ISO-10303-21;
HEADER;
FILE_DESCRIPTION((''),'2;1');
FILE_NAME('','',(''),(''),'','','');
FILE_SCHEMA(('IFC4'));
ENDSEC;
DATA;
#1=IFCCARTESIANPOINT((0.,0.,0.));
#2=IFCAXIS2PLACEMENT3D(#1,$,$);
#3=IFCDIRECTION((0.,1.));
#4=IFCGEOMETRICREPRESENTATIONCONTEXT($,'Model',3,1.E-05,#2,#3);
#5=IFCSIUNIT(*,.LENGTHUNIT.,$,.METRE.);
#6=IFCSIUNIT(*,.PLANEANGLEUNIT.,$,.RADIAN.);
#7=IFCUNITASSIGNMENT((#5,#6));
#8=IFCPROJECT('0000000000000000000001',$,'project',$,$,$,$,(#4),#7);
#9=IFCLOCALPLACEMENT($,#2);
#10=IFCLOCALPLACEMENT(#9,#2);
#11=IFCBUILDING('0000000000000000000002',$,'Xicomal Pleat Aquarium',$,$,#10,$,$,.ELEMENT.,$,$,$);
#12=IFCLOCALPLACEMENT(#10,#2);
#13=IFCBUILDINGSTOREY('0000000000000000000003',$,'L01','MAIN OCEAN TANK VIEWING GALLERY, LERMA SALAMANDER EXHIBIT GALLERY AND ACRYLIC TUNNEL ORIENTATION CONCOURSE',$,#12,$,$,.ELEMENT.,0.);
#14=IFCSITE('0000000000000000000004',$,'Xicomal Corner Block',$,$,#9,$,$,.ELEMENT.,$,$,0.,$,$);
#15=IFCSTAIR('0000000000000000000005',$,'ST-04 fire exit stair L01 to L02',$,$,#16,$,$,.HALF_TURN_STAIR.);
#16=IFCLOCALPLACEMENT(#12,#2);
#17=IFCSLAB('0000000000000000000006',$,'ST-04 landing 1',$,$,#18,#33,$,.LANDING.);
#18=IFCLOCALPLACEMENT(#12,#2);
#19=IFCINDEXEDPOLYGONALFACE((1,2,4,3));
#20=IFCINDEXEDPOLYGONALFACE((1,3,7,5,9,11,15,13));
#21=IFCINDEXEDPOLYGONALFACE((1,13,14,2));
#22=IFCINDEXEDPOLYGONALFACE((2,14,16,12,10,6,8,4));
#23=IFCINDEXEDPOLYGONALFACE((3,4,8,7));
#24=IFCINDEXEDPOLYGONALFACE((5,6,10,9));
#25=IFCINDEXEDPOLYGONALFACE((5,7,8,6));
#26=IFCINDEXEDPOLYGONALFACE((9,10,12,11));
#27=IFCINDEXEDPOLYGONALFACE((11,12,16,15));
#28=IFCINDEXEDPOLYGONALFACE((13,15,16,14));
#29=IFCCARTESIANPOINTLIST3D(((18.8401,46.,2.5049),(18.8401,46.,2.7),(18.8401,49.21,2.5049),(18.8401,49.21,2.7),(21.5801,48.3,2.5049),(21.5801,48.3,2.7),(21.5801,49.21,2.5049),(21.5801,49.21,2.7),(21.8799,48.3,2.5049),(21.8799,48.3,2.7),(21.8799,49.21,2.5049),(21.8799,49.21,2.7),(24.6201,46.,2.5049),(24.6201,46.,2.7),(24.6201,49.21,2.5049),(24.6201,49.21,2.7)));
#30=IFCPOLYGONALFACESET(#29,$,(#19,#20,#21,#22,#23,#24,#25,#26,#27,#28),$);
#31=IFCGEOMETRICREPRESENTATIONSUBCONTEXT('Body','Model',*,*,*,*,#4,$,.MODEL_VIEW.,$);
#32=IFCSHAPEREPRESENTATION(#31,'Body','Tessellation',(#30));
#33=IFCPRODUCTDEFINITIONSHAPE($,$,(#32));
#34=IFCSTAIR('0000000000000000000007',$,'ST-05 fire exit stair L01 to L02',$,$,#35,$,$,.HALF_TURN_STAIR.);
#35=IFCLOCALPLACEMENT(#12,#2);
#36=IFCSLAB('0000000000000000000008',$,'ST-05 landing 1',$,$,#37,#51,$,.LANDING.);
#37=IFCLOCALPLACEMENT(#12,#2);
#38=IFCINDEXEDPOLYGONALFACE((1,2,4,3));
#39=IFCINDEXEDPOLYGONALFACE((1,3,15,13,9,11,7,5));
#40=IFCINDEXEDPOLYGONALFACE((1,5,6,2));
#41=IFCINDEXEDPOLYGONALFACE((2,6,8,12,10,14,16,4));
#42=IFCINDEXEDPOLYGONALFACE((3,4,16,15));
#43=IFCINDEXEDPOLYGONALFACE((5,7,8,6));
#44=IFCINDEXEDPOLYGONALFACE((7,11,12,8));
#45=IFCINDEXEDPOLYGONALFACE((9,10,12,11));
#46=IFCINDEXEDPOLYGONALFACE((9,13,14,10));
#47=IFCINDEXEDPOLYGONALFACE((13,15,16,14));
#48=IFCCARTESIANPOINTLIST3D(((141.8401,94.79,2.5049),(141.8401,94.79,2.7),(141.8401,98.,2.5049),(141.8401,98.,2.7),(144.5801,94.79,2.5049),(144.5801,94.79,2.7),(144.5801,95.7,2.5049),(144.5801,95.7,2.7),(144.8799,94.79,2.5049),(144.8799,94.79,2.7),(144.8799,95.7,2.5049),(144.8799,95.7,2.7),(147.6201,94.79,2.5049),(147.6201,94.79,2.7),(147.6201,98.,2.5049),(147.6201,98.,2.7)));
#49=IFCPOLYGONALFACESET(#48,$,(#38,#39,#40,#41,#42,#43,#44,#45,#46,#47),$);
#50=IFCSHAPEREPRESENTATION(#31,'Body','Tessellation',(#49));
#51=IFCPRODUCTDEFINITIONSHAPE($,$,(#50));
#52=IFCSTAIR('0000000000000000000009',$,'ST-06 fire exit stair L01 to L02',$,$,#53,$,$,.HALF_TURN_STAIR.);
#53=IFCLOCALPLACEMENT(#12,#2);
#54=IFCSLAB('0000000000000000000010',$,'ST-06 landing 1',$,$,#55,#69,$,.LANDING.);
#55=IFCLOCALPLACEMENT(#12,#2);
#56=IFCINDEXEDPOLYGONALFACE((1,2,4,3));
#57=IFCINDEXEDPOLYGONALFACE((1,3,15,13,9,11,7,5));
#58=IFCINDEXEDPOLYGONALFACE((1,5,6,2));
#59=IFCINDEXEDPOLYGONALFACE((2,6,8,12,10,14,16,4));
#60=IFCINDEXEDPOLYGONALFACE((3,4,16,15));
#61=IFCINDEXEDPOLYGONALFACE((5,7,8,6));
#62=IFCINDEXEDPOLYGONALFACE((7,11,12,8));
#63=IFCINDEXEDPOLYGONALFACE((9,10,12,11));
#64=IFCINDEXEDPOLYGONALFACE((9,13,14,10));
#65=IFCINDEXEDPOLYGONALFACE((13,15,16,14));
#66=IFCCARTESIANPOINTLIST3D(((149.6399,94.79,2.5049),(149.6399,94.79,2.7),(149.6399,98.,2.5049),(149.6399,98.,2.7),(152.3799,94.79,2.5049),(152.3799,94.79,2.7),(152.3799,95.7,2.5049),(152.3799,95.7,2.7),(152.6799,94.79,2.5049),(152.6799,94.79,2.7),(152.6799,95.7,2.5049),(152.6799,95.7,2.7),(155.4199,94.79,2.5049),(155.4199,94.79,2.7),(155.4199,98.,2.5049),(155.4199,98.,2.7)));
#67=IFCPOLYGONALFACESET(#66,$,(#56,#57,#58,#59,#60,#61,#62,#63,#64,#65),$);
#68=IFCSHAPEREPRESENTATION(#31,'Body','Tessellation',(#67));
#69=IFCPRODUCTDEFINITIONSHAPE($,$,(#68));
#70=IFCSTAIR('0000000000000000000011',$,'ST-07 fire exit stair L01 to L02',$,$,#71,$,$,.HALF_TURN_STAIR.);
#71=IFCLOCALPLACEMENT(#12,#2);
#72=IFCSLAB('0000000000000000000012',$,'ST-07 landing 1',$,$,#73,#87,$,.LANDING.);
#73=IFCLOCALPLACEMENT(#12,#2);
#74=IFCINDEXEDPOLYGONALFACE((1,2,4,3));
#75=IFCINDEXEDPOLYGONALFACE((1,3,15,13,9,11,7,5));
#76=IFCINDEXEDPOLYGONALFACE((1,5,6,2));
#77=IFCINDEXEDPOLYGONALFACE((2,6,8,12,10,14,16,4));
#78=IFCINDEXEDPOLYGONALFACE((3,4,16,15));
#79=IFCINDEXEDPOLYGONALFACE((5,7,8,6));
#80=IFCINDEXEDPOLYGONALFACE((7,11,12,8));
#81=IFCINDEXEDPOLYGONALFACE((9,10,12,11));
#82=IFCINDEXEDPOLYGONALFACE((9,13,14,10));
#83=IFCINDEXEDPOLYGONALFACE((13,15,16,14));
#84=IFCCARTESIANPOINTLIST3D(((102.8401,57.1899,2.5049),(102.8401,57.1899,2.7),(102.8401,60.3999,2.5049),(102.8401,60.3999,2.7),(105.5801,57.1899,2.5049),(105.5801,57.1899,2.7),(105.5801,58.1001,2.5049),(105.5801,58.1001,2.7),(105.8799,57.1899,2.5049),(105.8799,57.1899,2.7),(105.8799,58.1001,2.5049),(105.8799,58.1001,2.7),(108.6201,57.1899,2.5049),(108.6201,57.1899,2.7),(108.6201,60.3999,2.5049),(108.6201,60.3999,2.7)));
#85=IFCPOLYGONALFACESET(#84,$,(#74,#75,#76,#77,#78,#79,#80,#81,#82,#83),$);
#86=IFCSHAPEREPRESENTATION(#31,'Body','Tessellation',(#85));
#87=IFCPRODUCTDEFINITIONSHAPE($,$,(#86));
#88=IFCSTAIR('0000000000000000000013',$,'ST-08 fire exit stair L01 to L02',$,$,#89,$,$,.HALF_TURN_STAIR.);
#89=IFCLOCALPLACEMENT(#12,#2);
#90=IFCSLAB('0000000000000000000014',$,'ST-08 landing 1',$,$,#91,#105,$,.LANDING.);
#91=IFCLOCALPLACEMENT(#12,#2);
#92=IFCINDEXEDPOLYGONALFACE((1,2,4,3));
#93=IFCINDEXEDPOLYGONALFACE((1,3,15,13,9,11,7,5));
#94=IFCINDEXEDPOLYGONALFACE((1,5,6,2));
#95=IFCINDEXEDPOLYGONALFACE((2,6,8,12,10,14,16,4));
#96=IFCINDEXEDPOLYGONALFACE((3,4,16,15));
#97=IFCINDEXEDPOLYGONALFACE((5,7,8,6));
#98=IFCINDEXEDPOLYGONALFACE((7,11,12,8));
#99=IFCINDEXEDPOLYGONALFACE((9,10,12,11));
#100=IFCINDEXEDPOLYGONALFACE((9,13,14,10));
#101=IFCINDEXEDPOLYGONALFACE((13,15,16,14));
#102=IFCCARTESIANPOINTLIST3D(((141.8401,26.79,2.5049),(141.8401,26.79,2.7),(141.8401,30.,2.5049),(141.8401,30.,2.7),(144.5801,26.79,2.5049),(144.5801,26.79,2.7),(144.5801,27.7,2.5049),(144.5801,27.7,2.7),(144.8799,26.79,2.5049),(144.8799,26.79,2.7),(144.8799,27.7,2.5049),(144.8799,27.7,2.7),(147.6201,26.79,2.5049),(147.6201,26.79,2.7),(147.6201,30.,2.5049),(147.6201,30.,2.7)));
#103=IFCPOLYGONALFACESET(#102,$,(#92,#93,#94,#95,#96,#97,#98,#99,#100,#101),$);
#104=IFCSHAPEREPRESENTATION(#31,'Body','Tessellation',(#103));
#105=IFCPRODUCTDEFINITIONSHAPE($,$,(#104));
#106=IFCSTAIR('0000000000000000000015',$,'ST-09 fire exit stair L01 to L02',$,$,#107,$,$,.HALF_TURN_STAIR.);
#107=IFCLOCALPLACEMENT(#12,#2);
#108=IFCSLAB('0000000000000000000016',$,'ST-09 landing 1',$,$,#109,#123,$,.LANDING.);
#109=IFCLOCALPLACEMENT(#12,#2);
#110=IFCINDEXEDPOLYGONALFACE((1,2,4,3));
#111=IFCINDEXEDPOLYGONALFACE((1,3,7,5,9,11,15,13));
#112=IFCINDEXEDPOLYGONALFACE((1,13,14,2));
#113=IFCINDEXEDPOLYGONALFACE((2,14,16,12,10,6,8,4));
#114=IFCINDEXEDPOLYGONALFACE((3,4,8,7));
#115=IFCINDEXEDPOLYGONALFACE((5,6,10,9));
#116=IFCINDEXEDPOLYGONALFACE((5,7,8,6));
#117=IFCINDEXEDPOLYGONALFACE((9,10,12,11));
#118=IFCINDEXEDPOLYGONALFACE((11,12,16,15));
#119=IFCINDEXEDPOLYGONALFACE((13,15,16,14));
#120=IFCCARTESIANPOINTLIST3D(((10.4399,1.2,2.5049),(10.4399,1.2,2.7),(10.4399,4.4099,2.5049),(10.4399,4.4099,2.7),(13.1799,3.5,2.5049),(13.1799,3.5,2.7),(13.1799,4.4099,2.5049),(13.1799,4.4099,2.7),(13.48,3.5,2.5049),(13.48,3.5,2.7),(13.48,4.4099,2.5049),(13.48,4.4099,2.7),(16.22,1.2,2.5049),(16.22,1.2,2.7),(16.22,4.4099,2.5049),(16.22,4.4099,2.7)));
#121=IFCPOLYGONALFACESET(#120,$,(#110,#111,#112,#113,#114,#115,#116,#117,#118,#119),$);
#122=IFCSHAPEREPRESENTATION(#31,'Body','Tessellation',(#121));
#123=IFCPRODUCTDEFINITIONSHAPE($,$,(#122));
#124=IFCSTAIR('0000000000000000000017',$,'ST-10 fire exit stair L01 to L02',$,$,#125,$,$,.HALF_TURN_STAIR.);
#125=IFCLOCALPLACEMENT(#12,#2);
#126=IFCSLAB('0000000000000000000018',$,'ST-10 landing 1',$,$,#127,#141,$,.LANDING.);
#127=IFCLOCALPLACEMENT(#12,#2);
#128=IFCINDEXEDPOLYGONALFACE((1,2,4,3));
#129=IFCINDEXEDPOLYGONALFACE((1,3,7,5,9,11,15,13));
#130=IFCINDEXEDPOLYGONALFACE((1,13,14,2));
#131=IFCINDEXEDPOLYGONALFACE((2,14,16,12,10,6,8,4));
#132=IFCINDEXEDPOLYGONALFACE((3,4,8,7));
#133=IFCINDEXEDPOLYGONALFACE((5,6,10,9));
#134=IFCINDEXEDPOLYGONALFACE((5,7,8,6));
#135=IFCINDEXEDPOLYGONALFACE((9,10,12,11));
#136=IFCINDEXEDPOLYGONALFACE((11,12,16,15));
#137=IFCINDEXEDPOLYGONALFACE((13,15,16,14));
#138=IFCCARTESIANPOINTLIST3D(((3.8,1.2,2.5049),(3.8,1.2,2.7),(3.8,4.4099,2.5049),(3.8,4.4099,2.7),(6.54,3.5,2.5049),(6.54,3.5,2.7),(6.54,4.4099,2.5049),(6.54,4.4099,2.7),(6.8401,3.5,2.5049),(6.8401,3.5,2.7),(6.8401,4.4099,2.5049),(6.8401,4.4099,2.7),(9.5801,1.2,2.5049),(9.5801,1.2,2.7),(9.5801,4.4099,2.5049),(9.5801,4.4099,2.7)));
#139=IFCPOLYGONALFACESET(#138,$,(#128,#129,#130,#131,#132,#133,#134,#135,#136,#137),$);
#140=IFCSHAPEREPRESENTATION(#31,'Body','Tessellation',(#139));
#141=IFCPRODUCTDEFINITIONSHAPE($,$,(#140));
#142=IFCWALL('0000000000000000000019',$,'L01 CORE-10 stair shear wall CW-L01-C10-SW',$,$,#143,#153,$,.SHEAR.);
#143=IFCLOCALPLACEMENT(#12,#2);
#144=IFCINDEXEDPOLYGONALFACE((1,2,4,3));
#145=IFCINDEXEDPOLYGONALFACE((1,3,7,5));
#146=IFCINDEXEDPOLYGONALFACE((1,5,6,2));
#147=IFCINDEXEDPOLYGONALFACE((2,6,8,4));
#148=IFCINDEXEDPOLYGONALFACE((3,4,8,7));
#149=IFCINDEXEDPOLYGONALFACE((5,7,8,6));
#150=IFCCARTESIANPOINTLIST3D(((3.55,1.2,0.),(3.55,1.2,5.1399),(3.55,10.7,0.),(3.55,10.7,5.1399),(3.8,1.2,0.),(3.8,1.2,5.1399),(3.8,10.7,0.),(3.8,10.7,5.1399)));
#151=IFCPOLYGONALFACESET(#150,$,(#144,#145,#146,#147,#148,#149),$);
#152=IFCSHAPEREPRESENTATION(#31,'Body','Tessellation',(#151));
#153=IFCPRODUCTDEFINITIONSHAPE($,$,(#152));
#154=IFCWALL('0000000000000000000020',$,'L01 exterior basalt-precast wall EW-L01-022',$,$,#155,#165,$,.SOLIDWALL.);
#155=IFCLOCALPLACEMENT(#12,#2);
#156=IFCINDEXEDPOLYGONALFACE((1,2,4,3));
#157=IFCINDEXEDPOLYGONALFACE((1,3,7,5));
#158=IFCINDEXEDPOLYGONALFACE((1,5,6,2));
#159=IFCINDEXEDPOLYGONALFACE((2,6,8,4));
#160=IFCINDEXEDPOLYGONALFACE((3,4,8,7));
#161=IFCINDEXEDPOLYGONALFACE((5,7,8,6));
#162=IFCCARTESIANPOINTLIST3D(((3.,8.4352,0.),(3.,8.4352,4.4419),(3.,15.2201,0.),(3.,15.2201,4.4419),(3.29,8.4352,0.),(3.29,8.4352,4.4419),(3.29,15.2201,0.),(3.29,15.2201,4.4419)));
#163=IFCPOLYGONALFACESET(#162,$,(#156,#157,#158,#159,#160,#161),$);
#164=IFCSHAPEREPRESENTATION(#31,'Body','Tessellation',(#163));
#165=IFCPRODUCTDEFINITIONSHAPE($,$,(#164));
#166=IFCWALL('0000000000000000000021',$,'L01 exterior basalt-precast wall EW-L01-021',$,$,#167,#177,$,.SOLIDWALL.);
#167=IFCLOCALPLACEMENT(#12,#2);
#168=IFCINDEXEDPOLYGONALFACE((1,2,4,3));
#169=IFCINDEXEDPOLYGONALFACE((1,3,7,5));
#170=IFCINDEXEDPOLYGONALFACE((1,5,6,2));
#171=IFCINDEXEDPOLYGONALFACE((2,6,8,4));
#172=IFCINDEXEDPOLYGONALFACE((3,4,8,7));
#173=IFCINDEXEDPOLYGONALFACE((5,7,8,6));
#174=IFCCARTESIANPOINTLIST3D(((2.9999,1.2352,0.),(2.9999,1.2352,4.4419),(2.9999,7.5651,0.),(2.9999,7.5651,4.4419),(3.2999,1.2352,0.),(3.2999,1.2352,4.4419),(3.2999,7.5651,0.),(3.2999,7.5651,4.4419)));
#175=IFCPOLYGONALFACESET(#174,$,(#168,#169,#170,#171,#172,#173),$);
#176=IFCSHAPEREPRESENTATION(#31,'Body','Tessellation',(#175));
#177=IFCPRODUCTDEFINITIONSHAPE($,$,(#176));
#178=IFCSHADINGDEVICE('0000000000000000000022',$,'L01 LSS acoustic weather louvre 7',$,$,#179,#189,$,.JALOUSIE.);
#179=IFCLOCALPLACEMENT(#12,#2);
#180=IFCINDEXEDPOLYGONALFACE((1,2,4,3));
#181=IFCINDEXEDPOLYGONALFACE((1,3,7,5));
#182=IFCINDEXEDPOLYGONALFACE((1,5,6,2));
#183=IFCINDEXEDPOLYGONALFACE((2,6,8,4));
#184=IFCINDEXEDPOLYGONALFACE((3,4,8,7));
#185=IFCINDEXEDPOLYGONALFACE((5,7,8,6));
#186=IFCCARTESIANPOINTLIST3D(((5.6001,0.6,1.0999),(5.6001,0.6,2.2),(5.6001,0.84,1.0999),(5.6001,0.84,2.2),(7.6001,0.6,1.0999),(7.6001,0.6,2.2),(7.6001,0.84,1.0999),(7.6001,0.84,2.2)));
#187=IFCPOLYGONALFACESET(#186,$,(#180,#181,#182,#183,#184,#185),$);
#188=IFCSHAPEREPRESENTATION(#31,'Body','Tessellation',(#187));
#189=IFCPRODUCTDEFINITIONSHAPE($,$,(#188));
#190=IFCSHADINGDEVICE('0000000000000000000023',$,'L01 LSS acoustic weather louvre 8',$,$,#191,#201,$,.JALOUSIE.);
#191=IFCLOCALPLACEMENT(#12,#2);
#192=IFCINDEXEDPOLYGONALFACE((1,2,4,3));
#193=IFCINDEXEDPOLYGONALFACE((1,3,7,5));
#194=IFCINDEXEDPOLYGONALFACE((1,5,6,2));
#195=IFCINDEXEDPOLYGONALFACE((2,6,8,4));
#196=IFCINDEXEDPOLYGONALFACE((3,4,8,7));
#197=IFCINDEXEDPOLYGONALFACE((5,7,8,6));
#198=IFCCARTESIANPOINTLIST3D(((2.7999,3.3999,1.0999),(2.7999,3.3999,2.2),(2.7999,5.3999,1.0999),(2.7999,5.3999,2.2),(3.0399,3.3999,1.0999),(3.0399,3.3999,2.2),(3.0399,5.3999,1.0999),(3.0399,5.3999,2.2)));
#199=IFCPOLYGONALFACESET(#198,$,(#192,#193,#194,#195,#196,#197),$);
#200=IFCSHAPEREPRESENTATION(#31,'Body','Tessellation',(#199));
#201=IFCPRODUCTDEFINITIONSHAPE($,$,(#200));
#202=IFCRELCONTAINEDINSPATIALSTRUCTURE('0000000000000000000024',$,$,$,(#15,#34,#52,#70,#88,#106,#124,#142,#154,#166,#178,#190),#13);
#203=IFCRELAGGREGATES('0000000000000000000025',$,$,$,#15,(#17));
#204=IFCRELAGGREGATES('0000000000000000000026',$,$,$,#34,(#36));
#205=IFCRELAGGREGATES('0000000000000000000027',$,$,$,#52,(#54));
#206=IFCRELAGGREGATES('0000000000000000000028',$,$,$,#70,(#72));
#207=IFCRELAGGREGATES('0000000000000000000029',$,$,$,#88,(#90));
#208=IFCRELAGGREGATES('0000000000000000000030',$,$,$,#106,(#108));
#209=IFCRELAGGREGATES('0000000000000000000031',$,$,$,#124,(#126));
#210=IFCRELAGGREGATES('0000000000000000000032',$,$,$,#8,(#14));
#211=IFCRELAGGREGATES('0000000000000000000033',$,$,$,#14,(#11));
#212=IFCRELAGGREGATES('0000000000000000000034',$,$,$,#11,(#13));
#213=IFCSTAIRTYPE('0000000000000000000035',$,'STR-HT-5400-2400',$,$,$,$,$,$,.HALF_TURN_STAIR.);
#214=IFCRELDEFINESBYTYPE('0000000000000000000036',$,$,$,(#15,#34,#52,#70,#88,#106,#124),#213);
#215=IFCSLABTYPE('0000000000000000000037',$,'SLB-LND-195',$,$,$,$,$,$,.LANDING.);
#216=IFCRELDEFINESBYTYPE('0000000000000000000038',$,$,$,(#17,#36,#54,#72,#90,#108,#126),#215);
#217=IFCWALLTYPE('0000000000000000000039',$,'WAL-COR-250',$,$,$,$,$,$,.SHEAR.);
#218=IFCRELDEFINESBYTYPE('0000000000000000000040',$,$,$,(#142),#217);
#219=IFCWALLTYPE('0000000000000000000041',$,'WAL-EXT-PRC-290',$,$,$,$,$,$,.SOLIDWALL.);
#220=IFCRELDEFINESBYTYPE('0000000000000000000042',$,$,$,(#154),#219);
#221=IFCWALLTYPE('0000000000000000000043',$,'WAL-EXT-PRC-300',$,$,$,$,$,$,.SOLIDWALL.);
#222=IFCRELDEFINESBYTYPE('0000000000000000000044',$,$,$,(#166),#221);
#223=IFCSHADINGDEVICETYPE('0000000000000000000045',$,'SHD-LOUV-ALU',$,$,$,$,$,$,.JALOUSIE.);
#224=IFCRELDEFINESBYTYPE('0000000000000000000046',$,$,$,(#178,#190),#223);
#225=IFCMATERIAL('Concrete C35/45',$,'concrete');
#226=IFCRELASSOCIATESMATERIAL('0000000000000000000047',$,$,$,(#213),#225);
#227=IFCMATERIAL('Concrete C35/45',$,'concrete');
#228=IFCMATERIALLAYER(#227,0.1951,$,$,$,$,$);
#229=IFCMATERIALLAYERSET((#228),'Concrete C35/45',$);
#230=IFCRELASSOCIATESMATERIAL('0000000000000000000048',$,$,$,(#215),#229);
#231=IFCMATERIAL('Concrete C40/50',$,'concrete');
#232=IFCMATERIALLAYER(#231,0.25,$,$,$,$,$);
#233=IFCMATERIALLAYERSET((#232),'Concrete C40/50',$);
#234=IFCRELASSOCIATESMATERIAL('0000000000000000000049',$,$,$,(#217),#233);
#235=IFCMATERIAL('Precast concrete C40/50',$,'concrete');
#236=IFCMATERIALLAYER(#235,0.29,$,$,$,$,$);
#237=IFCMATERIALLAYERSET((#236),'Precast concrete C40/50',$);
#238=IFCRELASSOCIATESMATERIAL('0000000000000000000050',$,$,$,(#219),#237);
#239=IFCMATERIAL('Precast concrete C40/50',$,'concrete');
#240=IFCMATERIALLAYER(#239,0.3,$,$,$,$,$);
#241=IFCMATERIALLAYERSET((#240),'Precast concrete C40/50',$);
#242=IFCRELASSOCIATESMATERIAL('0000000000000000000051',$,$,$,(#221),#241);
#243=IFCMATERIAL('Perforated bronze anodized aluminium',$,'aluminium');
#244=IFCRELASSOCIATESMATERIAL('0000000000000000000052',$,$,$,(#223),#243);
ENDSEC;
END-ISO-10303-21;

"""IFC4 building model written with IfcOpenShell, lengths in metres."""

from ifc_helpers import new_model, si_unit, direction, frame, frame_2d, origin, origin_2d, place, context, subcontext, project, spatial, polyline, rectangle, outline, extrude, material, layer, layer_set, type_object, element, aggregate, save


model = new_model("IFC4")

# Units and contexts
model_context = context("Model", 3, precision=1e-05, world=origin(), true_north=direction((0.0, 1.0)))
body_context = subcontext(model_context, "Body", "Model", "MODEL_VIEW")
ifc_project = project(units=[si_unit("LENGTHUNIT", "METRE"), si_unit("PLANEANGLEUNIT", "RADIAN")], contexts=[model_context])

# Site, building, storey
site_placement = place(None, origin())
site = spatial("IfcSite", under=ifc_project, at=site_placement, Name="Xicomal Corner Block", CompositionType="ELEMENT", RefElevation=0.0)
building_placement = place(site_placement, origin())
building = spatial("IfcBuilding", under=site, at=building_placement, Name="Xicomal Pleat Aquarium", CompositionType="ELEMENT")
storey_placement = place(building_placement, origin())
storey = spatial("IfcBuildingStorey", under=building, at=storey_placement, Name="L01", Description="MAIN OCEAN TANK VIEWING GALLERY, LERMA SALAMANDER EXHIBIT GALLERY AND ACRYLIC TUNNEL ORIENTATION CONCOURSE", CompositionType="ELEMENT", Elevation=0.0)

# Stairs, slabs
ifc_material_1 = material(Name="Concrete C35/45", Category="concrete")
stair_type = type_object("IfcStairType", Name="STR-HT-5400-2400", PredefinedType="HALF_TURN_STAIR", material=ifc_material_1)
ifc_material_2 = material(Name="Concrete C35/45", Category="concrete")
ifc_layer_1 = layer(ifc_material_2, 0.1951)
ifc_layer_set_1 = layer_set([ifc_layer_1], Name="Concrete C35/45")
slab_type = type_object("IfcSlabType", Name="SLB-LND-195", PredefinedType="LANDING", material=ifc_layer_set_1)
stair_1_placement = place(storey_placement, origin())
stair_1 = element("IfcStair", 1, at=stair_1_placement, inside=storey, type_object=stair_type, Name="ST-04 fire exit stair L01 to L02", PredefinedType="HALF_TURN_STAIR")
slab_1_placement = place(storey_placement, frame((0.0, 0.0, 2.5049)))
slab_1 = element("IfcSlab", 2, at=slab_1_placement, type_object=slab_type, Name="ST-04 landing 1", PredefinedType="LANDING", context=body_context, shape_type="SweptSolid", body=[
    extrude(outline(polyline([(18.8401, 46.0), (24.6201, 46.0), (24.6201, 49.21), (21.8799, 49.21), (21.8799, 48.3), (21.5801, 48.3), (21.5801, 49.21), (18.8401, 49.21), (18.8401, 46.0)])), origin(), (0.0, 0.0, 1.0), 0.1951),
])
aggregate(stair_1, [slab_1])
stair_2_placement = place(storey_placement, origin())
stair_2 = element("IfcStair", 3, at=stair_2_placement, inside=storey, type_object=stair_type, Name="ST-05 fire exit stair L01 to L02", PredefinedType="HALF_TURN_STAIR")
slab_2_placement = place(storey_placement, frame((0.0, 0.0, 2.5049)))
slab_2 = element("IfcSlab", 4, at=slab_2_placement, type_object=slab_type, Name="ST-05 landing 1", PredefinedType="LANDING", context=body_context, shape_type="SweptSolid", body=[
    extrude(outline(polyline([(141.8401, 98.0), (147.6201, 98.0), (147.6201, 94.79), (144.8799, 94.79), (144.8799, 95.7), (144.5801, 95.7), (144.5801, 94.79), (141.8401, 94.79), (141.8401, 98.0)])), origin(), (0.0, 0.0, 1.0), 0.1951),
])
aggregate(stair_2, [slab_2])
stair_3_placement = place(storey_placement, origin())
stair_3 = element("IfcStair", 5, at=stair_3_placement, inside=storey, type_object=stair_type, Name="ST-06 fire exit stair L01 to L02", PredefinedType="HALF_TURN_STAIR")
slab_3_placement = place(storey_placement, frame((0.0, 0.0, 2.5049)))
slab_3 = element("IfcSlab", 6, at=slab_3_placement, type_object=slab_type, Name="ST-06 landing 1", PredefinedType="LANDING", context=body_context, shape_type="SweptSolid", body=[
    extrude(outline(polyline([(149.6399, 98.0), (155.4199, 98.0), (155.4199, 94.79), (152.6799, 94.79), (152.6799, 95.7), (152.3799, 95.7), (152.3799, 94.79), (149.6399, 94.79), (149.6399, 98.0)])), origin(), (0.0, 0.0, 1.0), 0.1951),
])
aggregate(stair_3, [slab_3])
stair_4_placement = place(storey_placement, origin())
stair_4 = element("IfcStair", 7, at=stair_4_placement, inside=storey, type_object=stair_type, Name="ST-07 fire exit stair L01 to L02", PredefinedType="HALF_TURN_STAIR")
slab_4_placement = place(storey_placement, frame((0.0, 0.0, 2.5049)))
slab_4 = element("IfcSlab", 8, at=slab_4_placement, type_object=slab_type, Name="ST-07 landing 1", PredefinedType="LANDING", context=body_context, shape_type="SweptSolid", body=[
    extrude(outline(polyline([(102.8401, 60.3999), (108.6201, 60.3999), (108.6201, 57.1899), (105.8799, 57.1899), (105.8799, 58.1001), (105.5801, 58.1001), (105.5801, 57.1899), (102.8401, 57.1899), (102.8401, 60.3999)])), origin(), (0.0, 0.0, 1.0), 0.1951),
])
aggregate(stair_4, [slab_4])
stair_5_placement = place(storey_placement, origin())
stair_5 = element("IfcStair", 9, at=stair_5_placement, inside=storey, type_object=stair_type, Name="ST-08 fire exit stair L01 to L02", PredefinedType="HALF_TURN_STAIR")
slab_5_placement = place(storey_placement, frame((0.0, 0.0, 2.5049)))
slab_5 = element("IfcSlab", 10, at=slab_5_placement, type_object=slab_type, Name="ST-08 landing 1", PredefinedType="LANDING", context=body_context, shape_type="SweptSolid", body=[
    extrude(outline(polyline([(141.8401, 30.0), (147.6201, 30.0), (147.6201, 26.79), (144.8799, 26.79), (144.8799, 27.7), (144.5801, 27.7), (144.5801, 26.79), (141.8401, 26.79), (141.8401, 30.0)])), origin(), (0.0, 0.0, 1.0), 0.1951),
])
aggregate(stair_5, [slab_5])
stair_6_placement = place(storey_placement, origin())
stair_6 = element("IfcStair", 11, at=stair_6_placement, inside=storey, type_object=stair_type, Name="ST-09 fire exit stair L01 to L02", PredefinedType="HALF_TURN_STAIR")
slab_6_placement = place(storey_placement, frame((0.0, 0.0, 2.5049)))
slab_6 = element("IfcSlab", 12, at=slab_6_placement, type_object=slab_type, Name="ST-09 landing 1", PredefinedType="LANDING", context=body_context, shape_type="SweptSolid", body=[
    extrude(outline(polyline([(10.4399, 1.2), (16.22, 1.2), (16.22, 4.4099), (13.48, 4.4099), (13.48, 3.5), (13.1799, 3.5), (13.1799, 4.4099), (10.4399, 4.4099), (10.4399, 1.2)])), origin(), (0.0, 0.0, 1.0), 0.1951),
])
aggregate(stair_6, [slab_6])
stair_7_placement = place(storey_placement, origin())
stair_7 = element("IfcStair", 13, at=stair_7_placement, inside=storey, type_object=stair_type, Name="ST-10 fire exit stair L01 to L02", PredefinedType="HALF_TURN_STAIR")
slab_7_placement = place(storey_placement, frame((0.0, 0.0, 2.5049)))
slab_7 = element("IfcSlab", 14, at=slab_7_placement, type_object=slab_type, Name="ST-10 landing 1", PredefinedType="LANDING", context=body_context, shape_type="SweptSolid", body=[
    extrude(outline(polyline([(3.8, 1.2), (9.5801, 1.2), (9.5801, 4.4099), (6.8401, 4.4099), (6.8401, 3.5), (6.54, 3.5), (6.54, 4.4099), (3.8, 4.4099), (3.8, 1.2)])), origin(), (0.0, 0.0, 1.0), 0.1951),
])
aggregate(stair_7, [slab_7])

# Walls
ifc_material_3 = material(Name="Concrete C40/50", Category="concrete")
ifc_layer_2 = layer(ifc_material_3, 0.25)
ifc_layer_set_2 = layer_set([ifc_layer_2], Name="Concrete C40/50")
wall_type_1 = type_object("IfcWallType", Name="WAL-COR-250", PredefinedType="SHEAR", material=ifc_layer_set_2)
wall_1_placement = place(storey_placement, frame((3.675, 1.2, 0.0), z_axis=(0.0, 0.0, 1.0), x_axis=(0.0, 1.0, 0.0)))
element("IfcWall", 15, at=wall_1_placement, inside=storey, type_object=wall_type_1, Name="L01 CORE-10 stair shear wall CW-L01-C10-SW", PredefinedType="SHEAR", context=body_context, shape_type="SweptSolid", body=[
    extrude(rectangle(XDim=9.5, YDim=0.25, at=frame_2d((4.75, 0.0))), origin(), (0.0, 0.0, 1.0), 5.1399),
])
ifc_material_4 = material(Name="Precast concrete C40/50", Category="concrete")
ifc_layer_3 = layer(ifc_material_4, 0.29)
ifc_layer_set_3 = layer_set([ifc_layer_3], Name="Precast concrete C40/50")
wall_type_2 = type_object("IfcWallType", Name="WAL-EXT-PRC-290", PredefinedType="SOLIDWALL", material=ifc_layer_set_3)
wall_2_placement = place(storey_placement, frame((3.145, 8.4351, 0.0), z_axis=(0.0, 0.0, 1.0), x_axis=(0.0, 1.0, 0.0)))
element("IfcWall", 16, at=wall_2_placement, inside=storey, type_object=wall_type_2, Name="L01 exterior basalt-precast wall EW-L01-022", PredefinedType="SOLIDWALL", context=body_context, shape_type="SweptSolid", body=[
    extrude(rectangle(XDim=6.7849, YDim=0.29, at=frame_2d((3.3926, 0.0))), origin(), (0.0, 0.0, 1.0), 4.4419),
])
ifc_material_5 = material(Name="Precast concrete C40/50", Category="concrete")
ifc_layer_4 = layer(ifc_material_5, 0.3)
ifc_layer_set_4 = layer_set([ifc_layer_4], Name="Precast concrete C40/50")
wall_type_3 = type_object("IfcWallType", Name="WAL-EXT-PRC-300", PredefinedType="SOLIDWALL", material=ifc_layer_set_4)
wall_3_placement = place(storey_placement, frame((3.1499, 1.2351, 0.0), z_axis=(0.0, 0.0, 1.0), x_axis=(0.0, 1.0, 0.0)))
element("IfcWall", 17, at=wall_3_placement, inside=storey, type_object=wall_type_3, Name="L01 exterior basalt-precast wall EW-L01-021", PredefinedType="SOLIDWALL", context=body_context, shape_type="SweptSolid", body=[
    extrude(rectangle(XDim=6.3298, YDim=0.3, at=frame_2d((3.165, 0.0))), origin(), (0.0, 0.0, 1.0), 4.4419),
])

# Shading devices
ifc_material_6 = material(Name="Perforated bronze anodized aluminium", Category="aluminium")
shading_device_type = type_object("IfcShadingDeviceType", Name="SHD-LOUV-ALU", PredefinedType="JALOUSIE", material=ifc_material_6)
for number, where, z_axis, x_axis, name in (
    (18, (6.6001, 0.72, 1.0999), (0.0, 0.0, 1.0), (-1.0, 0.0, 0.0), "L01 LSS acoustic weather louvre 7"),
    (19, (2.9199, 4.3999, 1.0999), (0.0, 0.0, 1.0), (0.0, 1.0, 0.0), "L01 LSS acoustic weather louvre 8"),
):
    element("IfcShadingDevice", number, at=place(storey_placement, frame(where, z_axis=z_axis, x_axis=x_axis)), inside=storey, type_object=shading_device_type, Name=name, PredefinedType="JALOUSIE", context=body_context, shape_type="SweptSolid", body=[
        extrude(rectangle(XDim=2.0, YDim=0.24, at=origin_2d()), origin(), (0.0, 0.0, 1.0), 1.1001),
    ])

save(model, "model.ifc")
